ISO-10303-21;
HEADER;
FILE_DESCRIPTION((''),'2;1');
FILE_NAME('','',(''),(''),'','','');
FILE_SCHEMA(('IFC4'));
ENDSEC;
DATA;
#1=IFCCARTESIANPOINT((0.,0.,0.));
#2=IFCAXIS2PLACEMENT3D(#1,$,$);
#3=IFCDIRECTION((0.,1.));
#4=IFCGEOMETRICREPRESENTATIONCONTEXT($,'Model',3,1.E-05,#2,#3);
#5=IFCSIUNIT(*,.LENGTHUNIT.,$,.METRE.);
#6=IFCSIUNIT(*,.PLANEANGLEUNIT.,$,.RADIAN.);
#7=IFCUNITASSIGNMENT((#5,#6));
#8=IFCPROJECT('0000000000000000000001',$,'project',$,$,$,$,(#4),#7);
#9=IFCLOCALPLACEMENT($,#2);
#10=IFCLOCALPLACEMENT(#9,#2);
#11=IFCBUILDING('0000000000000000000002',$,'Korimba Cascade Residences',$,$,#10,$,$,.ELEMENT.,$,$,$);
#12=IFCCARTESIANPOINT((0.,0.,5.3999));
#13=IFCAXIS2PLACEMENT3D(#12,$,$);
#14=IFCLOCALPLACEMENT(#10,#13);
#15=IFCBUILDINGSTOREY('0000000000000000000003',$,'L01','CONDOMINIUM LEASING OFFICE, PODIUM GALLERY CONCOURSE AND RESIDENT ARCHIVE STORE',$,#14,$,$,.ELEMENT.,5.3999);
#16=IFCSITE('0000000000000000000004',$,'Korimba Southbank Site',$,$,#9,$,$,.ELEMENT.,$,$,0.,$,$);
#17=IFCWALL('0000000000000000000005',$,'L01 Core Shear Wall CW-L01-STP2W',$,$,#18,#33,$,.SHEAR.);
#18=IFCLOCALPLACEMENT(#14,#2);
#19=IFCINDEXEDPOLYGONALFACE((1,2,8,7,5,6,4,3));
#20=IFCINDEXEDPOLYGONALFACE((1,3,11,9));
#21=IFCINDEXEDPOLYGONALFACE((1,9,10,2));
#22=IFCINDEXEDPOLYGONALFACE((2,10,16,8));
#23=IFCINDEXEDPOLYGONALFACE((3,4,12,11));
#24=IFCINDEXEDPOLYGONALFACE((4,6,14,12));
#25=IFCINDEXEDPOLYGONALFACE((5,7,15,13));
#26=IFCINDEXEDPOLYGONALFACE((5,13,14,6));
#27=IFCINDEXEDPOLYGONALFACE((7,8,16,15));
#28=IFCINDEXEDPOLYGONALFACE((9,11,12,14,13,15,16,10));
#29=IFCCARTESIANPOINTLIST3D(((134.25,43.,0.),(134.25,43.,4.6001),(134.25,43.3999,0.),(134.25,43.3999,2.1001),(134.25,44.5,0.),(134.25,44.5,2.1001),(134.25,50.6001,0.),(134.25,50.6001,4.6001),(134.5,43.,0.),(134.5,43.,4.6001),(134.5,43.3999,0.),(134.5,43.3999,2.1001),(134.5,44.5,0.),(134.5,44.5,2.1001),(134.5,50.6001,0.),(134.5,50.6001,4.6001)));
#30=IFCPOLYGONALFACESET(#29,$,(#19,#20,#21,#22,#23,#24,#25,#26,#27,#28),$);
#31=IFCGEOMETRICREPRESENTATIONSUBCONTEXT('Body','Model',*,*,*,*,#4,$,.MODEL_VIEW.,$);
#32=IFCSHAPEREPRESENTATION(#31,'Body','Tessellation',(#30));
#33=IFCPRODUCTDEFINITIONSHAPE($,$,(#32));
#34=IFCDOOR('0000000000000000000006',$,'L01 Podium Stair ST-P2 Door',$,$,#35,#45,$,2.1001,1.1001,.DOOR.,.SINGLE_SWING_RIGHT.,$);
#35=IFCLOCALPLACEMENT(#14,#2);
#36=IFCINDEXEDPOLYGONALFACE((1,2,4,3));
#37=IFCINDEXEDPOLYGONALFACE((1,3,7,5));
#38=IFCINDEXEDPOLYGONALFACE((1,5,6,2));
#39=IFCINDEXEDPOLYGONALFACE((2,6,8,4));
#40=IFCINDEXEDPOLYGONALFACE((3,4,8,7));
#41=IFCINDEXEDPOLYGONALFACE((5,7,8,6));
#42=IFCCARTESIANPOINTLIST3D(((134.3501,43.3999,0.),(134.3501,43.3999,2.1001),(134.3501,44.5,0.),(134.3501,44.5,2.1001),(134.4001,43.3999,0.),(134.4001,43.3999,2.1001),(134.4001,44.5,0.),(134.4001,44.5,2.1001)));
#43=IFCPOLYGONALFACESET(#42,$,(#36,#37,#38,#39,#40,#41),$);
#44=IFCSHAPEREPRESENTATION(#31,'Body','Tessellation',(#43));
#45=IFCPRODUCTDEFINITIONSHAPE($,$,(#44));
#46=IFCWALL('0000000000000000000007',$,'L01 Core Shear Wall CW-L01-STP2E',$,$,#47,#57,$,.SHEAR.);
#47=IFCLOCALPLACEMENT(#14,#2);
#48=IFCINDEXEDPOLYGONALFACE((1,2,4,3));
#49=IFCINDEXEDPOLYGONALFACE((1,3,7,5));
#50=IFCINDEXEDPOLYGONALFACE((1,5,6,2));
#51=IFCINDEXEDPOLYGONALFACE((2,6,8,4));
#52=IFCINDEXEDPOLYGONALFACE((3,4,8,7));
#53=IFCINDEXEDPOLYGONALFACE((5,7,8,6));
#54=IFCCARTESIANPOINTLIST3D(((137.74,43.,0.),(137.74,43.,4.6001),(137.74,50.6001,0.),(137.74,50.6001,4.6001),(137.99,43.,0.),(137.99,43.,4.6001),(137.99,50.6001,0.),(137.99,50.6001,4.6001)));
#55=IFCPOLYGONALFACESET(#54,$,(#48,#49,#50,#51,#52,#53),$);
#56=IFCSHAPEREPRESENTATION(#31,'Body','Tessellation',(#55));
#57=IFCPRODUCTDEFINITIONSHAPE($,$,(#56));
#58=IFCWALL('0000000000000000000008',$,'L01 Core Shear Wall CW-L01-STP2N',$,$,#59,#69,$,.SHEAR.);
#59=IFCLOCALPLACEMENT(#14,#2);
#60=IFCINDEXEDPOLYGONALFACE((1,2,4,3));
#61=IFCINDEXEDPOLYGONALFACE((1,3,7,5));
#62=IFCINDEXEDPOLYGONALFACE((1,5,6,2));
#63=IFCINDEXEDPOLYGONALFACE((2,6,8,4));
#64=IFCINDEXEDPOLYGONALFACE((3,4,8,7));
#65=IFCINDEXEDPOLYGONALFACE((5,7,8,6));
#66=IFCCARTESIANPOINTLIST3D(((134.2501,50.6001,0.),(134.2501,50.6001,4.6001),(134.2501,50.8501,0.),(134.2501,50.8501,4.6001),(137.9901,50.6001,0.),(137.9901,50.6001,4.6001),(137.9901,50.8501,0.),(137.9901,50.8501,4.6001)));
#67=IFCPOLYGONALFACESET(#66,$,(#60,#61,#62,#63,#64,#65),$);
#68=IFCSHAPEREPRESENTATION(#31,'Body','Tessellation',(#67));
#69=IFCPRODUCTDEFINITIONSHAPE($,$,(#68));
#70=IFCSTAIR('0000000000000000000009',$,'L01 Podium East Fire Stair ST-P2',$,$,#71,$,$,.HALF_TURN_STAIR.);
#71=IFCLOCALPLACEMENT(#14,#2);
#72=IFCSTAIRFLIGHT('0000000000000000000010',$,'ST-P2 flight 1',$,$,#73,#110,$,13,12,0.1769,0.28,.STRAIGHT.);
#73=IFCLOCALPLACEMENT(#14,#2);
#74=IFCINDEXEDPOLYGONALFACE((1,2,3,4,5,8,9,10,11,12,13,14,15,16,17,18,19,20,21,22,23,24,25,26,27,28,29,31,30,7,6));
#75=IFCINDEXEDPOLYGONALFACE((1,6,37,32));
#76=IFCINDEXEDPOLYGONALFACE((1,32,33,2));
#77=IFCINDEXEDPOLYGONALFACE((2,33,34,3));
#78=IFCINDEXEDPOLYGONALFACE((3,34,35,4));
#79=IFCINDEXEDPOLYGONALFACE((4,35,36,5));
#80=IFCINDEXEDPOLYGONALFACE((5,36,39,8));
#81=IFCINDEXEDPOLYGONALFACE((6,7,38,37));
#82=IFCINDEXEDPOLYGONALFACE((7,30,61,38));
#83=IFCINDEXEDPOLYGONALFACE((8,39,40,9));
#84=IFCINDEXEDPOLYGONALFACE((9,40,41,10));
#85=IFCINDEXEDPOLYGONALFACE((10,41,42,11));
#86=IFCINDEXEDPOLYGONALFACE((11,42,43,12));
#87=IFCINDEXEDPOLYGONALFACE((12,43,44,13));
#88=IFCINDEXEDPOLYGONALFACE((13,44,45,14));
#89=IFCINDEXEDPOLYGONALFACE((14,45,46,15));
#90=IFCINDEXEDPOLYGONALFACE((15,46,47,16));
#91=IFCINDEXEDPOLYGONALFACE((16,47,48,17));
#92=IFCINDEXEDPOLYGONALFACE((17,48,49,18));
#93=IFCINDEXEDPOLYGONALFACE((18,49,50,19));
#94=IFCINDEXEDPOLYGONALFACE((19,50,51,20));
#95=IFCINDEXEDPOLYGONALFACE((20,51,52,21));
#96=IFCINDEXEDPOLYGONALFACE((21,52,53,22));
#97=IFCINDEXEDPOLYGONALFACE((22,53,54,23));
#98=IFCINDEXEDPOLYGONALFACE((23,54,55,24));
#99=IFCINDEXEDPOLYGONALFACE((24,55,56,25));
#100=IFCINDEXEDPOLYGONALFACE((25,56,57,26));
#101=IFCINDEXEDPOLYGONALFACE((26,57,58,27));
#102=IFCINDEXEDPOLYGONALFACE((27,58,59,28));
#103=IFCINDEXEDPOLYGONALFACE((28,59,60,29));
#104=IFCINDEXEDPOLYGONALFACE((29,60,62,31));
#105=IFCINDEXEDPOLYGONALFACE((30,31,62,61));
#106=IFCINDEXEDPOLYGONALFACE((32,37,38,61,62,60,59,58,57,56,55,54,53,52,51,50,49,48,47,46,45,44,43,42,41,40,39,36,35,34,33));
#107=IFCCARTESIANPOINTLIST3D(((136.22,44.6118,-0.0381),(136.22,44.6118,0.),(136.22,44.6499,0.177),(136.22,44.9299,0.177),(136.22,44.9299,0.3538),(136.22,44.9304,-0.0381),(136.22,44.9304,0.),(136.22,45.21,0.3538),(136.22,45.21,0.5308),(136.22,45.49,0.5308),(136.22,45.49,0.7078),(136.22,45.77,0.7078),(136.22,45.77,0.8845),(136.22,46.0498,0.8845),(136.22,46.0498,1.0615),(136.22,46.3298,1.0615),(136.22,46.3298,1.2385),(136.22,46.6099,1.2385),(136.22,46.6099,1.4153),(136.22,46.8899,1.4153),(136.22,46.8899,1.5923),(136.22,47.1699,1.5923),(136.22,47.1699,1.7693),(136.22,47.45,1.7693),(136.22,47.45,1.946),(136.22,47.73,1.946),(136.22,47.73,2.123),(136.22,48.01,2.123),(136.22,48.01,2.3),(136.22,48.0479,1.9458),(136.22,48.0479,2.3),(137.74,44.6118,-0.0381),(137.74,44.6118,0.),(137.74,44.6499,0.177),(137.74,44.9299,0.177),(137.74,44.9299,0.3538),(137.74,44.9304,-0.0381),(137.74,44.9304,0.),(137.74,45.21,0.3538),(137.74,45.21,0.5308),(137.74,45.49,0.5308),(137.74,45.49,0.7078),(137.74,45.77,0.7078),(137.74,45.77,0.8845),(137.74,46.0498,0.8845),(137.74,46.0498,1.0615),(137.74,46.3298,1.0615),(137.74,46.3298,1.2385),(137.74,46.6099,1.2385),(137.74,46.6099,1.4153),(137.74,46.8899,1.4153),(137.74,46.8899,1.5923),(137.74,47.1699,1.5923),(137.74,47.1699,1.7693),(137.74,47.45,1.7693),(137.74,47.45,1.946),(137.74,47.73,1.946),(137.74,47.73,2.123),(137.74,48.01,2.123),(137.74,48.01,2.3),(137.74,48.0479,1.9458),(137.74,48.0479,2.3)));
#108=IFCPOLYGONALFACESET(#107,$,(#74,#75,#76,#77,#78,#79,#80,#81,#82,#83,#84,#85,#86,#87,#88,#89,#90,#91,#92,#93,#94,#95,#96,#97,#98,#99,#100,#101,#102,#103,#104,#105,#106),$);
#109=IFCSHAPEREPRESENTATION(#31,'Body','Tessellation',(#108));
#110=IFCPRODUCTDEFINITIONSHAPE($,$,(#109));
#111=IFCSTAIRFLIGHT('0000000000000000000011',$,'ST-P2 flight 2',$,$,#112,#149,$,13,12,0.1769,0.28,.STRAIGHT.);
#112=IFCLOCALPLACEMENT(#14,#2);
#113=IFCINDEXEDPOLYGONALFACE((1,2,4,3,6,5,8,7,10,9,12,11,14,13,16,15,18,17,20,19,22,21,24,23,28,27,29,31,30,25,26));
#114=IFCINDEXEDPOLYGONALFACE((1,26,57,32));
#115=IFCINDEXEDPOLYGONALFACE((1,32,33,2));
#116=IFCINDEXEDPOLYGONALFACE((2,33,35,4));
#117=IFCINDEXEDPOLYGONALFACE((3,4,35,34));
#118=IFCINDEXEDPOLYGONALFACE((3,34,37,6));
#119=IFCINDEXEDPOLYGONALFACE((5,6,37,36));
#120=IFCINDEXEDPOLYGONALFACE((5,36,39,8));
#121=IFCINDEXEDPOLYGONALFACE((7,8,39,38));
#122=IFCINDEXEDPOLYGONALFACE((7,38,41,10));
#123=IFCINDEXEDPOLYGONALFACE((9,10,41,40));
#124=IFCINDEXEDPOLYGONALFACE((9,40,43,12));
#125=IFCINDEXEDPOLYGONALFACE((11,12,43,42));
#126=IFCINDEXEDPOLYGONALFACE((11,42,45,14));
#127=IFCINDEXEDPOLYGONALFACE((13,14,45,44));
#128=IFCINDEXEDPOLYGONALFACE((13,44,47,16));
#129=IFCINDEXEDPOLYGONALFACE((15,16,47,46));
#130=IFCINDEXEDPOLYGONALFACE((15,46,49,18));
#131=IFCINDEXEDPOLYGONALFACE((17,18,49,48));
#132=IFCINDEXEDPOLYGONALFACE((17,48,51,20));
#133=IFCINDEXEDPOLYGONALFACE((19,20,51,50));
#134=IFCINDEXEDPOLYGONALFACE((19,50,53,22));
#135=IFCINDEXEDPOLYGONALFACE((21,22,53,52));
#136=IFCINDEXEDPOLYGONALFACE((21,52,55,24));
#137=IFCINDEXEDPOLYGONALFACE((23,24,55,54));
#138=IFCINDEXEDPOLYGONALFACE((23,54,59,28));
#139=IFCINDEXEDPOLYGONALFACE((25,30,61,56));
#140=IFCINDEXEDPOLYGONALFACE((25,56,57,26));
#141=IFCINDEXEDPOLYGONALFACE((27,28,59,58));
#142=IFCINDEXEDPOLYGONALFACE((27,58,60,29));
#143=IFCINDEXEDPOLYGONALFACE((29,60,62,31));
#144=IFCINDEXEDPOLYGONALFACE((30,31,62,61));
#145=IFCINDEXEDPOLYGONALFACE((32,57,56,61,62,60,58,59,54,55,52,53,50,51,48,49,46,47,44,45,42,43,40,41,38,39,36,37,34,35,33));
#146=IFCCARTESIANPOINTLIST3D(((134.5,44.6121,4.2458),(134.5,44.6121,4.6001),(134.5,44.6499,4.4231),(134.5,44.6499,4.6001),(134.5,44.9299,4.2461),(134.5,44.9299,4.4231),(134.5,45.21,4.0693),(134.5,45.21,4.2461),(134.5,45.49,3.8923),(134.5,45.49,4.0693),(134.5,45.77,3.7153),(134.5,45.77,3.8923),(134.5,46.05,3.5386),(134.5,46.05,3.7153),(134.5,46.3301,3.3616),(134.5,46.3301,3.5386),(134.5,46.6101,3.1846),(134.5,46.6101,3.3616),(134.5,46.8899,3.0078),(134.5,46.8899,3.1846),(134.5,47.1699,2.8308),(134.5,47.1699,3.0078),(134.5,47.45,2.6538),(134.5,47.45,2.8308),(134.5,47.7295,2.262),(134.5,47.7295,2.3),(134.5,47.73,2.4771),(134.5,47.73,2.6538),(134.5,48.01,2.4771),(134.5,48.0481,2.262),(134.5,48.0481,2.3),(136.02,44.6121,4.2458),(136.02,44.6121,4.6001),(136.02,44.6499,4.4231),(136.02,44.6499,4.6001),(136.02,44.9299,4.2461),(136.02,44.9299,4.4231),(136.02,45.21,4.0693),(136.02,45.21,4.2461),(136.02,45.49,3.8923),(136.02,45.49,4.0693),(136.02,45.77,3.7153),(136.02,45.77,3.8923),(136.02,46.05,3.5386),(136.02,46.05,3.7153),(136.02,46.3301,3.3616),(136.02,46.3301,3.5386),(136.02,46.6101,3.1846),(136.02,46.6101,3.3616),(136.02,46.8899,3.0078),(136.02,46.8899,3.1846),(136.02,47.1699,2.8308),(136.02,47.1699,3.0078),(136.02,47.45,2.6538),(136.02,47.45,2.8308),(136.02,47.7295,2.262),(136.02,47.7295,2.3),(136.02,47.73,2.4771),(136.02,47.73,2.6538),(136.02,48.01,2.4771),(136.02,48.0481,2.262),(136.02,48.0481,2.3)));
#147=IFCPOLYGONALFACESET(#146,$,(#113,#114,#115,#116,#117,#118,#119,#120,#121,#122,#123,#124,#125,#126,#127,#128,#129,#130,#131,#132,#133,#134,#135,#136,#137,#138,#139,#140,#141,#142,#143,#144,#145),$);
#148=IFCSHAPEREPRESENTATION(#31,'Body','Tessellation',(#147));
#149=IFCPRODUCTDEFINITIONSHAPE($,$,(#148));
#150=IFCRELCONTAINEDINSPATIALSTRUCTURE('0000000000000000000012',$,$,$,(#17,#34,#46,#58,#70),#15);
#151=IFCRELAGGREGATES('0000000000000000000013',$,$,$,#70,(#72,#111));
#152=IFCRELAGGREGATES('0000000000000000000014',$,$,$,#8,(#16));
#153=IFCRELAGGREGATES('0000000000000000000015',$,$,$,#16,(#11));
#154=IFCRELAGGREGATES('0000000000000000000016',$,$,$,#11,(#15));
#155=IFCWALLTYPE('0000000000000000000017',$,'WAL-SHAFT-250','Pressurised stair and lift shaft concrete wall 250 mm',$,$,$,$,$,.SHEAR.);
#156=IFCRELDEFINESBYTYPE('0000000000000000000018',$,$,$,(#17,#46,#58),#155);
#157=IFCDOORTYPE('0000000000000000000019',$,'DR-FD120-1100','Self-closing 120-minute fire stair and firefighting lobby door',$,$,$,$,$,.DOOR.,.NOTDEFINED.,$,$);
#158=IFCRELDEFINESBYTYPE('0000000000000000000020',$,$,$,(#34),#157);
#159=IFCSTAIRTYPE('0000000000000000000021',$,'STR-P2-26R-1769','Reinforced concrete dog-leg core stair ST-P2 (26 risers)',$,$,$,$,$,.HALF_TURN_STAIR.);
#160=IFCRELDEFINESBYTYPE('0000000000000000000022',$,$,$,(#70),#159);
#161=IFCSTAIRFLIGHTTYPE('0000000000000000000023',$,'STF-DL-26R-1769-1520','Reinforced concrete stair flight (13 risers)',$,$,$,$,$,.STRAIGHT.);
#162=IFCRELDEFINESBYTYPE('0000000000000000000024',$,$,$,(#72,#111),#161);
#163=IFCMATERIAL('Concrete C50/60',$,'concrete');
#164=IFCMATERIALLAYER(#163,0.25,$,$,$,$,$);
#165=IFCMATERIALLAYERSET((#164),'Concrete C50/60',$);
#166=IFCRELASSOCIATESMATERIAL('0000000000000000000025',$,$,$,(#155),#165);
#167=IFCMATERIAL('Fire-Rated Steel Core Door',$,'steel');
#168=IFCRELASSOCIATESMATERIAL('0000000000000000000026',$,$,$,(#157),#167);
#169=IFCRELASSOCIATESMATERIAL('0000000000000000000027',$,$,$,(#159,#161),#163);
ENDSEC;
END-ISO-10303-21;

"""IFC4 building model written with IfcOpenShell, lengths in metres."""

from ifc_helpers import new_model, si_unit, direction, frame, frame_2d, origin, place, context, subcontext, project, spatial, polyline, rectangle, outline, extrude, material, layer, layer_set, type_object, element, fill, aggregate, save


model = new_model("IFC4")

# Units and contexts
model_context = context("Model", 3, precision=1e-05, world=origin(), true_north=direction((0.0, 1.0)))
body_context = subcontext(model_context, "Body", "Model", "MODEL_VIEW")
ifc_project = project(units=[si_unit("LENGTHUNIT", "METRE"), si_unit("PLANEANGLEUNIT", "RADIAN")], contexts=[model_context])

# Site, building, storey
site_placement = place(None, origin())
site = spatial("IfcSite", under=ifc_project, at=site_placement, Name="Korimba Southbank Site", CompositionType="ELEMENT", RefElevation=0.0)
building_placement = place(site_placement, origin())
building = spatial("IfcBuilding", under=site, at=building_placement, Name="Korimba Cascade Residences", CompositionType="ELEMENT")
storey_placement = place(building_placement, frame((0.0, 0.0, 5.3999)))
storey = spatial("IfcBuildingStorey", under=building, at=storey_placement, Name="L01", Description="CONDOMINIUM LEASING OFFICE, PODIUM GALLERY CONCOURSE AND RESIDENT ARCHIVE STORE", CompositionType="ELEMENT", Elevation=5.3999)

# Shared definitions
ifc_material_1 = material(Name="Concrete C50/60", Category="concrete")

# Wall, opening, door
ifc_layer_1 = layer(ifc_material_1, 0.25)
ifc_layer_set_1 = layer_set([ifc_layer_1], Name="Concrete C50/60")
wall_type_1 = type_object("IfcWallType", Name="WAL-SHAFT-250", Description="Pressurised stair and lift shaft concrete wall 250 mm", PredefinedType="SHEAR", material=ifc_layer_set_1)
wall_1_placement = place(storey_placement, frame((134.375, 43.0, 0.0), z_axis=(0.0, 0.0, 1.0), x_axis=(0.0, 1.0, 0.0)))
wall_1 = element("IfcWall", 1, at=wall_1_placement, inside=storey, type_object=wall_type_1, Name="L01 Core Shear Wall CW-L01-STP2W", PredefinedType="SHEAR", context=body_context, shape_type="SweptSolid", body=[
    extrude(rectangle(XDim=7.6001, YDim=0.25, at=frame_2d((3.8, 0.0))), origin(), (0.0, 0.0, 1.0), 4.6001),
])
opening_placement = place(wall_1_placement, frame((0.3999, 0.0, 0.0)))
opening = element("IfcOpeningElement", 2, at=opening_placement, cuts=wall_1, PredefinedType="OPENING", context=body_context, shape_type="SweptSolid", body=[
    extrude(rectangle(XDim=1.1001, YDim=2.1001, at=frame_2d((0.55, 1.05))), frame((0.0, 0.135, 0.0), z_axis=(0.0, -1.0, 0.0), x_axis=(1.0, 0.0, 0.0)), (0.0, 0.0, 1.0), 0.27),
])
ifc_material_2 = material(Name="Fire-Rated Steel Core Door", Category="steel")
door_type = type_object("IfcDoorType", Name="DR-FD120-1100", Description="Self-closing 120-minute fire stair and firefighting lobby door", OperationType="NOTDEFINED", PredefinedType="DOOR", material=ifc_material_2)
door_placement = place(opening_placement, origin())
door = element("IfcDoor", 3, at=door_placement, inside=storey, type_object=door_type, Name="L01 Podium Stair ST-P2 Door", OperationType="SINGLE_SWING_RIGHT", OverallHeight=2.1001, OverallWidth=1.1001, PredefinedType="DOOR", context=body_context, shape_type="SweptSolid", body=[
    extrude(rectangle(XDim=1.1001, YDim=2.1001, at=frame_2d((0.55, 1.05))), frame((0.0, 0.0249, 0.0), z_axis=(0.0, -1.0, 0.0), x_axis=(1.0, 0.0, 0.0)), (0.0, 0.0, 1.0), 0.05),
])
fill(opening, door)

# Walls
wall_2_placement = place(storey_placement, frame((137.865, 43.0, 0.0), z_axis=(0.0, 0.0, 1.0), x_axis=(0.0, 1.0, 0.0)))
element("IfcWall", 4, at=wall_2_placement, inside=storey, type_object=wall_type_1, Name="L01 Core Shear Wall CW-L01-STP2E", PredefinedType="SHEAR", context=body_context, shape_type="SweptSolid", body=[
    extrude(rectangle(XDim=7.6001, YDim=0.25, at=frame_2d((3.8, 0.0))), origin(), (0.0, 0.0, 1.0), 4.6001),
])
wall_3_placement = place(storey_placement, frame((134.25, 50.7251, 0.0), z_axis=(0.0, 0.0, 1.0), x_axis=(1.0, 0.0, 0.0)))
element("IfcWall", 5, at=wall_3_placement, inside=storey, type_object=wall_type_1, Name="L01 Core Shear Wall CW-L01-STP2N", PredefinedType="SHEAR", context=body_context, shape_type="SweptSolid", body=[
    extrude(rectangle(XDim=3.74, YDim=0.25, at=frame_2d((1.8701, 0.0))), origin(), (0.0, 0.0, 1.0), 4.6001),
])

# Stair, stair flights
stair_type = type_object("IfcStairType", Name="STR-P2-26R-1769", Description="Reinforced concrete dog-leg core stair ST-P2 (26 risers)", PredefinedType="HALF_TURN_STAIR", material=ifc_material_1)
stair_placement = place(storey_placement, origin())
stair = element("IfcStair", 6, at=stair_placement, inside=storey, type_object=stair_type, Name="L01 Podium East Fire Stair ST-P2", PredefinedType="HALF_TURN_STAIR")
stair_flight_type = type_object("IfcStairFlightType", Name="STF-DL-26R-1769-1520", Description="Reinforced concrete stair flight (13 risers)", PredefinedType="STRAIGHT", material=ifc_material_1)
stair_flight_1_placement = place(storey_placement, frame((136.98, 44.6499, 0.0), z_axis=(0.0, 0.0, 1.0), x_axis=(0.0, 1.0, 0.0)))
stair_flight_1 = element("IfcStairFlight", 7, at=stair_flight_1_placement, type_object=stair_flight_type, Name="ST-P2 flight 1", NumberOfRisers=13, NumberOfTreads=12, PredefinedType="STRAIGHT", RiserHeight=0.1769, TreadLength=0.28, context=body_context, shape_type="SweptSolid", body=[
    extrude(outline(polyline([(-0.0381, 0.0), (0.0, 0.177), (0.28, 0.177), (0.28, 0.3538), (0.5601, 0.3538), (0.5601, 0.5308), (0.8401, 0.5308), (0.8401, 0.7078), (1.1201, 0.7078), (1.1201, 0.8845), (1.3999, 0.8845), (1.3999, 1.0615), (1.6799, 1.0615), (1.6799, 1.2385), (1.96, 1.2385), (1.96, 1.4153), (2.24, 1.4153), (2.24, 1.5923), (2.52, 1.5923), (2.52, 1.7693), (2.8, 1.7693), (2.8, 1.946), (3.0801, 1.946), (3.0801, 2.123), (3.3601, 2.123), (3.3601, 2.3), (3.3979, 2.3), (3.3979, 1.9458), (0.2805, 0.0), (0.2805, -0.0381), (-0.0381, -0.0381), (-0.0381, 0.0)])), frame((0.0, 0.76, 0.0), z_axis=(0.0, -1.0, 0.0), x_axis=(1.0, 0.0, 0.0)), (0.0, 0.0, 1.0), 1.52),
])
stair_flight_2_placement = place(storey_placement, frame((135.26, 48.01, 2.3), z_axis=(0.0, 0.0, 1.0), x_axis=(0.0, -1.0, 0.0)))
stair_flight_2 = element("IfcStairFlight", 8, at=stair_flight_2_placement, type_object=stair_flight_type, Name="ST-P2 flight 2", NumberOfRisers=13, NumberOfTreads=12, PredefinedType="STRAIGHT", RiserHeight=0.1769, TreadLength=0.28, context=body_context, shape_type="SweptSolid", body=[
    extrude(outline(polyline([(-0.0381, 0.0), (0.0, 0.177), (0.28, 0.177), (0.28, 0.3538), (0.5601, 0.3538), (0.5601, 0.5308), (0.8401, 0.5308), (0.8401, 0.7078), (1.1201, 0.7078), (1.1201, 0.8845), (1.3999, 0.8845), (1.3999, 1.0615), (1.6799, 1.0615), (1.6799, 1.2385), (1.96, 1.2385), (1.96, 1.4153), (2.24, 1.4153), (2.24, 1.5923), (2.52, 1.5923), (2.52, 1.7693), (2.8, 1.7693), (2.8, 1.946), (3.0801, 1.946), (3.0801, 2.123), (3.3601, 2.123), (3.3601, 2.3), (3.3979, 2.3), (3.3979, 1.9458), (0.2805, 0.0), (0.2805, -0.0381), (-0.0381, -0.0381), (-0.0381, 0.0)])), frame((0.0, 0.76, 0.0), z_axis=(0.0, -1.0, 0.0), x_axis=(1.0, 0.0, 0.0)), (0.0, 0.0, 1.0), 1.52),
])
aggregate(stair, [stair_flight_1, stair_flight_2])

save(model, "model.ifc")
